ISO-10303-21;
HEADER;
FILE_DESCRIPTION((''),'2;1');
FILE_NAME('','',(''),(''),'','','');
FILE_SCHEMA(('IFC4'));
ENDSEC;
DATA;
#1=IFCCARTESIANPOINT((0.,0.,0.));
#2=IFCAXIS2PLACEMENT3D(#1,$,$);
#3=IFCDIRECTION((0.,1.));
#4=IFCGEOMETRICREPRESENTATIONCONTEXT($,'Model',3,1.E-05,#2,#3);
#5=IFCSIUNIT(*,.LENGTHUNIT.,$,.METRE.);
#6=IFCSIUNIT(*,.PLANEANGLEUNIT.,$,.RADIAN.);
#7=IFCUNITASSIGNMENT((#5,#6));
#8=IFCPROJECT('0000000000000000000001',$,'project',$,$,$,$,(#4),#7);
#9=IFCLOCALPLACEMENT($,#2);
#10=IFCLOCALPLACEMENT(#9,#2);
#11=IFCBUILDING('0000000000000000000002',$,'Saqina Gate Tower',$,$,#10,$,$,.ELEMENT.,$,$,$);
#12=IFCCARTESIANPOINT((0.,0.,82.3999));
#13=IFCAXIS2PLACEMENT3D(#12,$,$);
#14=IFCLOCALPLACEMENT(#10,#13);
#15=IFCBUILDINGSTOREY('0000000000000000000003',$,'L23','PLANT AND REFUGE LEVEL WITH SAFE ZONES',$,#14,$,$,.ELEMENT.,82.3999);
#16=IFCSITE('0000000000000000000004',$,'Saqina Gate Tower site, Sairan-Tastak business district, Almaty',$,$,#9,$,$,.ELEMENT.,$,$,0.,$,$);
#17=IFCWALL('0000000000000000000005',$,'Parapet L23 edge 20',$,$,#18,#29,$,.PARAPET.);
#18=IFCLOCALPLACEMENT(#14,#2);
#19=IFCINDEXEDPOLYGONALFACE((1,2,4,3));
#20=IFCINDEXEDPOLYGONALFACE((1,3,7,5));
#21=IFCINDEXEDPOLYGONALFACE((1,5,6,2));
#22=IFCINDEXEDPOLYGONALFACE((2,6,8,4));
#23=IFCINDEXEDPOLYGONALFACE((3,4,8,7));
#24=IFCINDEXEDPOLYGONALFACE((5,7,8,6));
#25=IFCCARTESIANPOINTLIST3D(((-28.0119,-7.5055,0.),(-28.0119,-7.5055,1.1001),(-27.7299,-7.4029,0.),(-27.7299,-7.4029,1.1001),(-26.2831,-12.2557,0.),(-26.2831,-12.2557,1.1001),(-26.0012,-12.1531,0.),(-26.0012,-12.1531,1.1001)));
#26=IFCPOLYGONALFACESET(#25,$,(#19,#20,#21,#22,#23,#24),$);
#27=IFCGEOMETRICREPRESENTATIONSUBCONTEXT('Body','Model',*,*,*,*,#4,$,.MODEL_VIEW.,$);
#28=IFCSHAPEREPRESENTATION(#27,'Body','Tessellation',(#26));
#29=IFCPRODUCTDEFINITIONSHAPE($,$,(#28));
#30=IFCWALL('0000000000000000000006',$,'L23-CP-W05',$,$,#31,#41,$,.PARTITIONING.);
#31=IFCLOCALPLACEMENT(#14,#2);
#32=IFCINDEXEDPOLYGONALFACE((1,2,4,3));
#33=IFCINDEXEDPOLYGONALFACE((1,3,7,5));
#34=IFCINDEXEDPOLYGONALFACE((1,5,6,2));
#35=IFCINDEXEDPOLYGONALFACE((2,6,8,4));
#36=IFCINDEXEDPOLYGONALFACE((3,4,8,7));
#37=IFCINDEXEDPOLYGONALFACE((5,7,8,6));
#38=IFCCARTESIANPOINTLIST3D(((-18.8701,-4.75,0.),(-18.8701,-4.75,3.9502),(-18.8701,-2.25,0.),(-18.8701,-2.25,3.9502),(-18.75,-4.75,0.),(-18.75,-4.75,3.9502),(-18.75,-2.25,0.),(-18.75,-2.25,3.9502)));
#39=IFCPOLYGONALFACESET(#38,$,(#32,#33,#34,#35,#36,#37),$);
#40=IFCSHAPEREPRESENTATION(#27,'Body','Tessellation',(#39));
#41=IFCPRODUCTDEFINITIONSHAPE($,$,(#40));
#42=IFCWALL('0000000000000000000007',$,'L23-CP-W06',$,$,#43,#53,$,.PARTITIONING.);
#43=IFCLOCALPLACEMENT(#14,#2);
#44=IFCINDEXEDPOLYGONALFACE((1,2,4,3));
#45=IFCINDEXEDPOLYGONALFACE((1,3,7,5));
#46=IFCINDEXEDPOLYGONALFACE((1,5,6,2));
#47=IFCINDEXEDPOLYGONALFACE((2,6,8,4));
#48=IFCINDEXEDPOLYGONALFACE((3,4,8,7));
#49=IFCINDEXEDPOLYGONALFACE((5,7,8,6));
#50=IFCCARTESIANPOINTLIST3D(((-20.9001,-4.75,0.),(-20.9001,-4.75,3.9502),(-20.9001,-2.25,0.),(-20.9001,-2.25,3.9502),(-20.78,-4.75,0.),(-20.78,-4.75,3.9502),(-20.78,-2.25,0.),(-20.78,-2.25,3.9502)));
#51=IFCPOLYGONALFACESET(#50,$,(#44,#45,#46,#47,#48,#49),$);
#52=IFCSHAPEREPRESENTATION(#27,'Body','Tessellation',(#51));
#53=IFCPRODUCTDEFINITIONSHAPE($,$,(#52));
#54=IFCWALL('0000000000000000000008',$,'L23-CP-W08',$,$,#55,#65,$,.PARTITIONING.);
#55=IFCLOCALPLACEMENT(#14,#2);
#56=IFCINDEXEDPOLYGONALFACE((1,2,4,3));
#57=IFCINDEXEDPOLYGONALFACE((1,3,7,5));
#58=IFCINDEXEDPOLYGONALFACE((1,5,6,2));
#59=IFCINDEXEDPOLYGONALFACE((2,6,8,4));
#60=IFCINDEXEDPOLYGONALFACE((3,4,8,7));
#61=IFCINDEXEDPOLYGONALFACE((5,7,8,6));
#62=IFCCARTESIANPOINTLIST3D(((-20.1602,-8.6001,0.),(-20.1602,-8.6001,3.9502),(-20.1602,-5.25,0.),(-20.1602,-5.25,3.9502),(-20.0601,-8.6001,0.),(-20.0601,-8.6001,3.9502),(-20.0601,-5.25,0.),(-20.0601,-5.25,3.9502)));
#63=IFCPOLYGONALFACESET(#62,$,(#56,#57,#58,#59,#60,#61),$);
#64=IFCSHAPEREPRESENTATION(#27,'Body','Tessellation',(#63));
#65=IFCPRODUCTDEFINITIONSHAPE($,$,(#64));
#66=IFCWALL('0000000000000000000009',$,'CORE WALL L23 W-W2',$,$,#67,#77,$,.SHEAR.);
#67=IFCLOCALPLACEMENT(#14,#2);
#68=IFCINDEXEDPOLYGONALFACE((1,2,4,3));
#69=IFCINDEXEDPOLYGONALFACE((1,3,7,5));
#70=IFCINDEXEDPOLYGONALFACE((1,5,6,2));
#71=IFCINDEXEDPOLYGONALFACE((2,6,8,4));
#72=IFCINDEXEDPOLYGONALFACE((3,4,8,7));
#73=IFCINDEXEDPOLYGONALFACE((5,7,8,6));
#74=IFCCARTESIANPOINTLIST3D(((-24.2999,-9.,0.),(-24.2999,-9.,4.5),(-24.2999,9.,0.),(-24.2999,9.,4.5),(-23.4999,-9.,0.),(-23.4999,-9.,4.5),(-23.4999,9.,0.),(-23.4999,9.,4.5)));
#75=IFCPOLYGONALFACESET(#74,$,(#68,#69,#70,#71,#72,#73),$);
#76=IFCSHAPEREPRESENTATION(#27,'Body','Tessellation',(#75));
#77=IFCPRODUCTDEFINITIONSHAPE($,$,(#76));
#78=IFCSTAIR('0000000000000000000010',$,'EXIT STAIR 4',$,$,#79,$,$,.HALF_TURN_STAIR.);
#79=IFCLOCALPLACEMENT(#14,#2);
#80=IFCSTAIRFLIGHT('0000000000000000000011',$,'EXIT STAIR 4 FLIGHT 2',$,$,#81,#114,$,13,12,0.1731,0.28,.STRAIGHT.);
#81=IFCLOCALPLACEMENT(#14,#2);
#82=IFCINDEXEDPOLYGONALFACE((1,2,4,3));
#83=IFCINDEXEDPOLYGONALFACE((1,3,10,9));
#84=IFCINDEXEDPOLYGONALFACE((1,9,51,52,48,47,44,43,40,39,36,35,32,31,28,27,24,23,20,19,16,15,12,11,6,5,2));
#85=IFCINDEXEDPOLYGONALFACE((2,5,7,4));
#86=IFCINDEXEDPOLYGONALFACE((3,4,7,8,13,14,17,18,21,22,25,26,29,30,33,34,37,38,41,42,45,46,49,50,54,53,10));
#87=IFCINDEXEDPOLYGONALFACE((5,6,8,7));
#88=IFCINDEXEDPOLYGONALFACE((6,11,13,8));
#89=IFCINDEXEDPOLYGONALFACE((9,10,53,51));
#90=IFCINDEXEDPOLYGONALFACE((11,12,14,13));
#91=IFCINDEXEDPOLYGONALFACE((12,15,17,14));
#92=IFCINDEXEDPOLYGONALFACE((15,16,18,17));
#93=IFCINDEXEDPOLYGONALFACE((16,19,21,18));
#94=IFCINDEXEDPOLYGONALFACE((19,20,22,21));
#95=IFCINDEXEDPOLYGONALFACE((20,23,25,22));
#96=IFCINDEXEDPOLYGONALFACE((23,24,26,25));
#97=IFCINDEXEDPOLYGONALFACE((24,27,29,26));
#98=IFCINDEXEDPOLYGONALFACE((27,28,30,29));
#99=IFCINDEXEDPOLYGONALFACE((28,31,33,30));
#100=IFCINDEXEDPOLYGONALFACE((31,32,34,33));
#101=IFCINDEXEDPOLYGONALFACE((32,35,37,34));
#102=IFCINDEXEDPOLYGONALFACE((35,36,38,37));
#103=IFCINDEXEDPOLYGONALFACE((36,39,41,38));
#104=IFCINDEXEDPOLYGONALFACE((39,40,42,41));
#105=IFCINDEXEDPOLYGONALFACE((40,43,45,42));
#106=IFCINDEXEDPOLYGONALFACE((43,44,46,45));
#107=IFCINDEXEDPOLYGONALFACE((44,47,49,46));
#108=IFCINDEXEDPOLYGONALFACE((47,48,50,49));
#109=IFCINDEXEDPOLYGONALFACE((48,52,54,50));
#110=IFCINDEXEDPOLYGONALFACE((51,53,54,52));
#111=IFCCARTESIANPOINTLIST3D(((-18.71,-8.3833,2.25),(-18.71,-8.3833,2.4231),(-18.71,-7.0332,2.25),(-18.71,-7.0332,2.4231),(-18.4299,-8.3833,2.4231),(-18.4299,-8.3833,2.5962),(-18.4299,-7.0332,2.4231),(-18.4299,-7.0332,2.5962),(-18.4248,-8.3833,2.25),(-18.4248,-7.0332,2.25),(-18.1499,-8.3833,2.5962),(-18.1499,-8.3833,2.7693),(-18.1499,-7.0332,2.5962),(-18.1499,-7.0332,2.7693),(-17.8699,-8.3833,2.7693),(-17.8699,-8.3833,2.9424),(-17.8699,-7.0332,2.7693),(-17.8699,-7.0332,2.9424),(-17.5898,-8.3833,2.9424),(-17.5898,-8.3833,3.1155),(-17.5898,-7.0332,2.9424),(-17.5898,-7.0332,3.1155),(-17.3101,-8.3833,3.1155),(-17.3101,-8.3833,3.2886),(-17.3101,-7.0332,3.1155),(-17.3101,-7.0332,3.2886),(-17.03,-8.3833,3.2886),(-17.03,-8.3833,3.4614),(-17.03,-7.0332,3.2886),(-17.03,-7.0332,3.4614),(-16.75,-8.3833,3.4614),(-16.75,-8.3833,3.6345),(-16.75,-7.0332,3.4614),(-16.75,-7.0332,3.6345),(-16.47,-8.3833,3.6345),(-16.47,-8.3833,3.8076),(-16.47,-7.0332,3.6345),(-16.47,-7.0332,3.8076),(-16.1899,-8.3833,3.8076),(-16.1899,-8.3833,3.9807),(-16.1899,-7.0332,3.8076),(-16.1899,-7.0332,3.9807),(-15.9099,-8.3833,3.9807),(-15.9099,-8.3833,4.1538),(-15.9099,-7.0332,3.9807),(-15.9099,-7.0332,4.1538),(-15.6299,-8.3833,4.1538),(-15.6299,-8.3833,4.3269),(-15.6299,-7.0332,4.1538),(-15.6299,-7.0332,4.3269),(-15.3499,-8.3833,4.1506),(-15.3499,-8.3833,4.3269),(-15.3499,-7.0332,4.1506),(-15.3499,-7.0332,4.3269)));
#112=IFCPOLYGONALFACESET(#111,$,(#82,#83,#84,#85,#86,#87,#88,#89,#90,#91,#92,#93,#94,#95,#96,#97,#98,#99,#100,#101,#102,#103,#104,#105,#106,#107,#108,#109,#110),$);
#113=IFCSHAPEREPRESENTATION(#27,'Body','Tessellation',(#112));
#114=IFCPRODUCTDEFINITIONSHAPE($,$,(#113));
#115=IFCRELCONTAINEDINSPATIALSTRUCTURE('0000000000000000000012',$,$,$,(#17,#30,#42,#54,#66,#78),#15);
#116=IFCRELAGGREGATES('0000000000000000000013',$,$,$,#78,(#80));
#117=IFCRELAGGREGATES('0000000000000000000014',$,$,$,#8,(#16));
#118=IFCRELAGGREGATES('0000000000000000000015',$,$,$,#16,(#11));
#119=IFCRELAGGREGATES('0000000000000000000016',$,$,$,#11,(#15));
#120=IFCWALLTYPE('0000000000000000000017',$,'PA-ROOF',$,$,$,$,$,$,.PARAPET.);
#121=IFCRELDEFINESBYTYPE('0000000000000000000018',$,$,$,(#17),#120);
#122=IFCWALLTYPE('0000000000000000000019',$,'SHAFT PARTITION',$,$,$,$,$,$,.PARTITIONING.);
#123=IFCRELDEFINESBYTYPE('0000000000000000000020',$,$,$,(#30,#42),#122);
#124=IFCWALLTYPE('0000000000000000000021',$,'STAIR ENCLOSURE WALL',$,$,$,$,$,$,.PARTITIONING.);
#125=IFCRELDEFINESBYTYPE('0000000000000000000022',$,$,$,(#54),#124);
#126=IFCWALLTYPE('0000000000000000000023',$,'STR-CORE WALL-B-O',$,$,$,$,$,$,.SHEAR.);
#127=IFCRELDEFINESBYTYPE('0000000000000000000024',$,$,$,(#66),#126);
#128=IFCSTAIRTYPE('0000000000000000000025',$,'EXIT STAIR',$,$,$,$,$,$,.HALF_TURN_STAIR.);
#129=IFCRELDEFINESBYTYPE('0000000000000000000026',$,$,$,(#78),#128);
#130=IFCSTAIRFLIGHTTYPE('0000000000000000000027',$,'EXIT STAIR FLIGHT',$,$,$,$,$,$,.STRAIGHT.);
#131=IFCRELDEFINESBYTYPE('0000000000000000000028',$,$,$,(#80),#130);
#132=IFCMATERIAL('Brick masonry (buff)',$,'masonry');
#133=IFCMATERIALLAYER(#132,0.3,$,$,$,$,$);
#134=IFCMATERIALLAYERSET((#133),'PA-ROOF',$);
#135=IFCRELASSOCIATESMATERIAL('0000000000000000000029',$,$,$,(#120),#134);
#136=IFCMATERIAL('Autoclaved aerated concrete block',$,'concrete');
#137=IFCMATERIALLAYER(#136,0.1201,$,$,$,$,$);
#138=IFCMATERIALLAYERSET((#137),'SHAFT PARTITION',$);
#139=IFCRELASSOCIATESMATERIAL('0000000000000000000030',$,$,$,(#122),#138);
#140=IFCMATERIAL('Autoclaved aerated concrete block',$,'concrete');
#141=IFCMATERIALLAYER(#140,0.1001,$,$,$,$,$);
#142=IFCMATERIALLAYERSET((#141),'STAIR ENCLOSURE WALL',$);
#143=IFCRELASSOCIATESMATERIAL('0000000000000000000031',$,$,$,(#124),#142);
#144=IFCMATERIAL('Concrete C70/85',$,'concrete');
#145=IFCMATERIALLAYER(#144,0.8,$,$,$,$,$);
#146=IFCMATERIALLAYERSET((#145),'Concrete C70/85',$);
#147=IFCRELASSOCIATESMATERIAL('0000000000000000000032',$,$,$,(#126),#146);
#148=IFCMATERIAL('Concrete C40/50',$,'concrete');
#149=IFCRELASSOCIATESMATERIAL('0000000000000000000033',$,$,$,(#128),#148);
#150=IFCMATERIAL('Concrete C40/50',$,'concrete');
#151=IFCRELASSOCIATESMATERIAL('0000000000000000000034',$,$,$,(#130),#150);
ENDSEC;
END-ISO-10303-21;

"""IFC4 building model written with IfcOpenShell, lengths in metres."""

from ifc_helpers import new_model, si_unit, direction, frame, frame_2d, origin, place, context, subcontext, project, spatial, polyline, rectangle, outline, extrude, material, layer, layer_set, type_object, element, aggregate, save


model = new_model("IFC4")

# Units and contexts
model_context = context("Model", 3, precision=1e-05, world=origin(), true_north=direction((0.0, 1.0)))
body_context = subcontext(model_context, "Body", "Model", "MODEL_VIEW")
ifc_project = project(units=[si_unit("LENGTHUNIT", "METRE"), si_unit("PLANEANGLEUNIT", "RADIAN")], contexts=[model_context])

# Site, building, storey
site_placement = place(None, origin())
site = spatial("IfcSite", under=ifc_project, at=site_placement, Name="Saqina Gate Tower site, Sairan-Tastak business district, Almaty", CompositionType="ELEMENT", RefElevation=0.0)
building_placement = place(site_placement, origin())
building = spatial("IfcBuilding", under=site, at=building_placement, Name="Saqina Gate Tower", CompositionType="ELEMENT")
storey_placement = place(building_placement, frame((0.0, 0.0, 82.3999)))
storey = spatial("IfcBuildingStorey", under=building, at=storey_placement, Name="L23", Description="PLANT AND REFUGE LEVEL WITH SAFE ZONES", CompositionType="ELEMENT", Elevation=82.3999)

# Walls
ifc_material_1 = material(Name="Brick masonry (buff)", Category="masonry")
ifc_layer_1 = layer(ifc_material_1, 0.3)
ifc_layer_set_1 = layer_set([ifc_layer_1], Name="PA-ROOF")
wall_type_1 = type_object("IfcWallType", Name="PA-ROOF", PredefinedType="PARAPET", material=ifc_layer_set_1)
wall_1_placement = place(storey_placement, frame((-27.8708, -7.4543, 0.0), z_axis=(0.0, 0.0, 1.0), x_axis=(0.341987, -0.939705, 0.0)))
element("IfcWall", 1, at=wall_1_placement, inside=storey, type_object=wall_type_1, Name="Parapet L23 edge 20", PredefinedType="PARAPET", context=body_context, shape_type="SweptSolid", body=[
    extrude(rectangle(XDim=5.0549, YDim=0.3, at=frame_2d((2.5273, 0.0))), origin(), (0.0, 0.0, 1.0), 1.1001),
])
ifc_material_2 = material(Name="Autoclaved aerated concrete block", Category="concrete")
ifc_layer_2 = layer(ifc_material_2, 0.1201)
ifc_layer_set_2 = layer_set([ifc_layer_2], Name="SHAFT PARTITION")
wall_type_2 = type_object("IfcWallType", Name="SHAFT PARTITION", PredefinedType="PARTITIONING", material=ifc_layer_set_2)
for number, where, z_axis, x_axis, name in (
    (2, (-18.8101, -4.75, 0.0), (0.0, 0.0, 1.0), (0.0, 1.0, 0.0), "L23-CP-W05"),
    (3, (-20.8401, -4.75, 0.0), (0.0, 0.0, 1.0), (0.0, 1.0, 0.0), "L23-CP-W06"),
):
    element("IfcWall", number, at=place(storey_placement, frame(where, z_axis=z_axis, x_axis=x_axis)), inside=storey, type_object=wall_type_2, Name=name, PredefinedType="PARTITIONING", context=body_context, shape_type="SweptSolid", body=[
        extrude(rectangle(XDim=2.5, YDim=0.1201, at=frame_2d((1.25, 0.0))), origin(), (0.0, 0.0, 1.0), 3.9502),
    ])
ifc_material_3 = material(Name="Autoclaved aerated concrete block", Category="concrete")
ifc_layer_3 = layer(ifc_material_3, 0.1001)
ifc_layer_set_3 = layer_set([ifc_layer_3], Name="STAIR ENCLOSURE WALL")
wall_type_3 = type_object("IfcWallType", Name="STAIR ENCLOSURE WALL", PredefinedType="PARTITIONING", material=ifc_layer_set_3)
wall_2_placement = place(storey_placement, frame((-20.1101, -8.6001, 0.0), z_axis=(0.0, 0.0, 1.0), x_axis=(0.0, 1.0, 0.0)))
element("IfcWall", 4, at=wall_2_placement, inside=storey, type_object=wall_type_3, Name="L23-CP-W08", PredefinedType="PARTITIONING", context=body_context, shape_type="SweptSolid", body=[
    extrude(rectangle(XDim=3.3501, YDim=0.1001, at=frame_2d((1.675, 0.0))), origin(), (0.0, 0.0, 1.0), 3.9502),
])
ifc_material_4 = material(Name="Concrete C70/85", Category="concrete")
ifc_layer_4 = layer(ifc_material_4, 0.8)
ifc_layer_set_4 = layer_set([ifc_layer_4], Name="Concrete C70/85")
wall_type_4 = type_object("IfcWallType", Name="STR-CORE WALL-B-O", PredefinedType="SHEAR", material=ifc_layer_set_4)
wall_3_placement = place(storey_placement, frame((-23.8999, -9.0, 0.0), z_axis=(0.0, 0.0, 1.0), x_axis=(0.0, 1.0, 0.0)))
element("IfcWall", 5, at=wall_3_placement, inside=storey, type_object=wall_type_4, Name="CORE WALL L23 W-W2", PredefinedType="SHEAR", context=body_context, shape_type="SweptSolid", body=[
    extrude(rectangle(XDim=18.0, YDim=0.8, at=frame_2d((9.0, 0.0))), origin(), (0.0, 0.0, 1.0), 4.5),
])

# Stair, stair flight
ifc_material_5 = material(Name="Concrete C40/50", Category="concrete")
stair_type = type_object("IfcStairType", Name="EXIT STAIR", PredefinedType="HALF_TURN_STAIR", material=ifc_material_5)
stair_placement = place(storey_placement, origin())
stair = element("IfcStair", 6, at=stair_placement, inside=storey, type_object=stair_type, Name="EXIT STAIR 4", PredefinedType="HALF_TURN_STAIR")
ifc_material_6 = material(Name="Concrete C40/50", Category="concrete")
stair_flight_type = type_object("IfcStairFlightType", Name="EXIT STAIR FLIGHT", PredefinedType="STRAIGHT", material=ifc_material_6)
stair_flight_placement = place(storey_placement, frame((-18.71, -7.7083, 2.25), z_axis=(0.0, 0.0, 1.0), x_axis=(1.0, 0.0, 0.0)))
stair_flight = element("IfcStairFlight", 7, at=stair_flight_placement, type_object=stair_flight_type, Name="EXIT STAIR 4 FLIGHT 2", NumberOfRisers=13, NumberOfTreads=12, PredefinedType="STRAIGHT", RiserHeight=0.1731, TreadLength=0.28, context=body_context, shape_type="SweptSolid", body=[
    extrude(outline(polyline([(0.0, 0.0), (0.0, 0.1731), (0.28, 0.1731), (0.28, 0.3462), (0.5601, 0.3462), (0.5601, 0.5193), (0.8401, 0.5193), (0.8401, 0.6924), (1.1201, 0.6924), (1.1201, 0.8655), (1.3999, 0.8655), (1.3999, 1.0386), (1.6799, 1.0386), (1.6799, 1.2114), (1.96, 1.2114), (1.96, 1.3845), (2.24, 1.3845), (2.24, 1.5576), (2.52, 1.5576), (2.52, 1.7307), (2.8, 1.7307), (2.8, 1.9038), (3.0801, 1.9038), (3.0801, 2.0769), (3.3601, 2.0769), (3.3601, 2.25), (3.3601, 1.9006), (0.2852, 0.0), (0.0, 0.0)])), frame((0.0, 0.675, 0.0), z_axis=(0.0, -1.0, 0.0), x_axis=(1.0, 0.0, 0.0)), (0.0, 0.0, 1.0), 1.3501),
])
aggregate(stair, [stair_flight])

save(model, "model.ifc")
